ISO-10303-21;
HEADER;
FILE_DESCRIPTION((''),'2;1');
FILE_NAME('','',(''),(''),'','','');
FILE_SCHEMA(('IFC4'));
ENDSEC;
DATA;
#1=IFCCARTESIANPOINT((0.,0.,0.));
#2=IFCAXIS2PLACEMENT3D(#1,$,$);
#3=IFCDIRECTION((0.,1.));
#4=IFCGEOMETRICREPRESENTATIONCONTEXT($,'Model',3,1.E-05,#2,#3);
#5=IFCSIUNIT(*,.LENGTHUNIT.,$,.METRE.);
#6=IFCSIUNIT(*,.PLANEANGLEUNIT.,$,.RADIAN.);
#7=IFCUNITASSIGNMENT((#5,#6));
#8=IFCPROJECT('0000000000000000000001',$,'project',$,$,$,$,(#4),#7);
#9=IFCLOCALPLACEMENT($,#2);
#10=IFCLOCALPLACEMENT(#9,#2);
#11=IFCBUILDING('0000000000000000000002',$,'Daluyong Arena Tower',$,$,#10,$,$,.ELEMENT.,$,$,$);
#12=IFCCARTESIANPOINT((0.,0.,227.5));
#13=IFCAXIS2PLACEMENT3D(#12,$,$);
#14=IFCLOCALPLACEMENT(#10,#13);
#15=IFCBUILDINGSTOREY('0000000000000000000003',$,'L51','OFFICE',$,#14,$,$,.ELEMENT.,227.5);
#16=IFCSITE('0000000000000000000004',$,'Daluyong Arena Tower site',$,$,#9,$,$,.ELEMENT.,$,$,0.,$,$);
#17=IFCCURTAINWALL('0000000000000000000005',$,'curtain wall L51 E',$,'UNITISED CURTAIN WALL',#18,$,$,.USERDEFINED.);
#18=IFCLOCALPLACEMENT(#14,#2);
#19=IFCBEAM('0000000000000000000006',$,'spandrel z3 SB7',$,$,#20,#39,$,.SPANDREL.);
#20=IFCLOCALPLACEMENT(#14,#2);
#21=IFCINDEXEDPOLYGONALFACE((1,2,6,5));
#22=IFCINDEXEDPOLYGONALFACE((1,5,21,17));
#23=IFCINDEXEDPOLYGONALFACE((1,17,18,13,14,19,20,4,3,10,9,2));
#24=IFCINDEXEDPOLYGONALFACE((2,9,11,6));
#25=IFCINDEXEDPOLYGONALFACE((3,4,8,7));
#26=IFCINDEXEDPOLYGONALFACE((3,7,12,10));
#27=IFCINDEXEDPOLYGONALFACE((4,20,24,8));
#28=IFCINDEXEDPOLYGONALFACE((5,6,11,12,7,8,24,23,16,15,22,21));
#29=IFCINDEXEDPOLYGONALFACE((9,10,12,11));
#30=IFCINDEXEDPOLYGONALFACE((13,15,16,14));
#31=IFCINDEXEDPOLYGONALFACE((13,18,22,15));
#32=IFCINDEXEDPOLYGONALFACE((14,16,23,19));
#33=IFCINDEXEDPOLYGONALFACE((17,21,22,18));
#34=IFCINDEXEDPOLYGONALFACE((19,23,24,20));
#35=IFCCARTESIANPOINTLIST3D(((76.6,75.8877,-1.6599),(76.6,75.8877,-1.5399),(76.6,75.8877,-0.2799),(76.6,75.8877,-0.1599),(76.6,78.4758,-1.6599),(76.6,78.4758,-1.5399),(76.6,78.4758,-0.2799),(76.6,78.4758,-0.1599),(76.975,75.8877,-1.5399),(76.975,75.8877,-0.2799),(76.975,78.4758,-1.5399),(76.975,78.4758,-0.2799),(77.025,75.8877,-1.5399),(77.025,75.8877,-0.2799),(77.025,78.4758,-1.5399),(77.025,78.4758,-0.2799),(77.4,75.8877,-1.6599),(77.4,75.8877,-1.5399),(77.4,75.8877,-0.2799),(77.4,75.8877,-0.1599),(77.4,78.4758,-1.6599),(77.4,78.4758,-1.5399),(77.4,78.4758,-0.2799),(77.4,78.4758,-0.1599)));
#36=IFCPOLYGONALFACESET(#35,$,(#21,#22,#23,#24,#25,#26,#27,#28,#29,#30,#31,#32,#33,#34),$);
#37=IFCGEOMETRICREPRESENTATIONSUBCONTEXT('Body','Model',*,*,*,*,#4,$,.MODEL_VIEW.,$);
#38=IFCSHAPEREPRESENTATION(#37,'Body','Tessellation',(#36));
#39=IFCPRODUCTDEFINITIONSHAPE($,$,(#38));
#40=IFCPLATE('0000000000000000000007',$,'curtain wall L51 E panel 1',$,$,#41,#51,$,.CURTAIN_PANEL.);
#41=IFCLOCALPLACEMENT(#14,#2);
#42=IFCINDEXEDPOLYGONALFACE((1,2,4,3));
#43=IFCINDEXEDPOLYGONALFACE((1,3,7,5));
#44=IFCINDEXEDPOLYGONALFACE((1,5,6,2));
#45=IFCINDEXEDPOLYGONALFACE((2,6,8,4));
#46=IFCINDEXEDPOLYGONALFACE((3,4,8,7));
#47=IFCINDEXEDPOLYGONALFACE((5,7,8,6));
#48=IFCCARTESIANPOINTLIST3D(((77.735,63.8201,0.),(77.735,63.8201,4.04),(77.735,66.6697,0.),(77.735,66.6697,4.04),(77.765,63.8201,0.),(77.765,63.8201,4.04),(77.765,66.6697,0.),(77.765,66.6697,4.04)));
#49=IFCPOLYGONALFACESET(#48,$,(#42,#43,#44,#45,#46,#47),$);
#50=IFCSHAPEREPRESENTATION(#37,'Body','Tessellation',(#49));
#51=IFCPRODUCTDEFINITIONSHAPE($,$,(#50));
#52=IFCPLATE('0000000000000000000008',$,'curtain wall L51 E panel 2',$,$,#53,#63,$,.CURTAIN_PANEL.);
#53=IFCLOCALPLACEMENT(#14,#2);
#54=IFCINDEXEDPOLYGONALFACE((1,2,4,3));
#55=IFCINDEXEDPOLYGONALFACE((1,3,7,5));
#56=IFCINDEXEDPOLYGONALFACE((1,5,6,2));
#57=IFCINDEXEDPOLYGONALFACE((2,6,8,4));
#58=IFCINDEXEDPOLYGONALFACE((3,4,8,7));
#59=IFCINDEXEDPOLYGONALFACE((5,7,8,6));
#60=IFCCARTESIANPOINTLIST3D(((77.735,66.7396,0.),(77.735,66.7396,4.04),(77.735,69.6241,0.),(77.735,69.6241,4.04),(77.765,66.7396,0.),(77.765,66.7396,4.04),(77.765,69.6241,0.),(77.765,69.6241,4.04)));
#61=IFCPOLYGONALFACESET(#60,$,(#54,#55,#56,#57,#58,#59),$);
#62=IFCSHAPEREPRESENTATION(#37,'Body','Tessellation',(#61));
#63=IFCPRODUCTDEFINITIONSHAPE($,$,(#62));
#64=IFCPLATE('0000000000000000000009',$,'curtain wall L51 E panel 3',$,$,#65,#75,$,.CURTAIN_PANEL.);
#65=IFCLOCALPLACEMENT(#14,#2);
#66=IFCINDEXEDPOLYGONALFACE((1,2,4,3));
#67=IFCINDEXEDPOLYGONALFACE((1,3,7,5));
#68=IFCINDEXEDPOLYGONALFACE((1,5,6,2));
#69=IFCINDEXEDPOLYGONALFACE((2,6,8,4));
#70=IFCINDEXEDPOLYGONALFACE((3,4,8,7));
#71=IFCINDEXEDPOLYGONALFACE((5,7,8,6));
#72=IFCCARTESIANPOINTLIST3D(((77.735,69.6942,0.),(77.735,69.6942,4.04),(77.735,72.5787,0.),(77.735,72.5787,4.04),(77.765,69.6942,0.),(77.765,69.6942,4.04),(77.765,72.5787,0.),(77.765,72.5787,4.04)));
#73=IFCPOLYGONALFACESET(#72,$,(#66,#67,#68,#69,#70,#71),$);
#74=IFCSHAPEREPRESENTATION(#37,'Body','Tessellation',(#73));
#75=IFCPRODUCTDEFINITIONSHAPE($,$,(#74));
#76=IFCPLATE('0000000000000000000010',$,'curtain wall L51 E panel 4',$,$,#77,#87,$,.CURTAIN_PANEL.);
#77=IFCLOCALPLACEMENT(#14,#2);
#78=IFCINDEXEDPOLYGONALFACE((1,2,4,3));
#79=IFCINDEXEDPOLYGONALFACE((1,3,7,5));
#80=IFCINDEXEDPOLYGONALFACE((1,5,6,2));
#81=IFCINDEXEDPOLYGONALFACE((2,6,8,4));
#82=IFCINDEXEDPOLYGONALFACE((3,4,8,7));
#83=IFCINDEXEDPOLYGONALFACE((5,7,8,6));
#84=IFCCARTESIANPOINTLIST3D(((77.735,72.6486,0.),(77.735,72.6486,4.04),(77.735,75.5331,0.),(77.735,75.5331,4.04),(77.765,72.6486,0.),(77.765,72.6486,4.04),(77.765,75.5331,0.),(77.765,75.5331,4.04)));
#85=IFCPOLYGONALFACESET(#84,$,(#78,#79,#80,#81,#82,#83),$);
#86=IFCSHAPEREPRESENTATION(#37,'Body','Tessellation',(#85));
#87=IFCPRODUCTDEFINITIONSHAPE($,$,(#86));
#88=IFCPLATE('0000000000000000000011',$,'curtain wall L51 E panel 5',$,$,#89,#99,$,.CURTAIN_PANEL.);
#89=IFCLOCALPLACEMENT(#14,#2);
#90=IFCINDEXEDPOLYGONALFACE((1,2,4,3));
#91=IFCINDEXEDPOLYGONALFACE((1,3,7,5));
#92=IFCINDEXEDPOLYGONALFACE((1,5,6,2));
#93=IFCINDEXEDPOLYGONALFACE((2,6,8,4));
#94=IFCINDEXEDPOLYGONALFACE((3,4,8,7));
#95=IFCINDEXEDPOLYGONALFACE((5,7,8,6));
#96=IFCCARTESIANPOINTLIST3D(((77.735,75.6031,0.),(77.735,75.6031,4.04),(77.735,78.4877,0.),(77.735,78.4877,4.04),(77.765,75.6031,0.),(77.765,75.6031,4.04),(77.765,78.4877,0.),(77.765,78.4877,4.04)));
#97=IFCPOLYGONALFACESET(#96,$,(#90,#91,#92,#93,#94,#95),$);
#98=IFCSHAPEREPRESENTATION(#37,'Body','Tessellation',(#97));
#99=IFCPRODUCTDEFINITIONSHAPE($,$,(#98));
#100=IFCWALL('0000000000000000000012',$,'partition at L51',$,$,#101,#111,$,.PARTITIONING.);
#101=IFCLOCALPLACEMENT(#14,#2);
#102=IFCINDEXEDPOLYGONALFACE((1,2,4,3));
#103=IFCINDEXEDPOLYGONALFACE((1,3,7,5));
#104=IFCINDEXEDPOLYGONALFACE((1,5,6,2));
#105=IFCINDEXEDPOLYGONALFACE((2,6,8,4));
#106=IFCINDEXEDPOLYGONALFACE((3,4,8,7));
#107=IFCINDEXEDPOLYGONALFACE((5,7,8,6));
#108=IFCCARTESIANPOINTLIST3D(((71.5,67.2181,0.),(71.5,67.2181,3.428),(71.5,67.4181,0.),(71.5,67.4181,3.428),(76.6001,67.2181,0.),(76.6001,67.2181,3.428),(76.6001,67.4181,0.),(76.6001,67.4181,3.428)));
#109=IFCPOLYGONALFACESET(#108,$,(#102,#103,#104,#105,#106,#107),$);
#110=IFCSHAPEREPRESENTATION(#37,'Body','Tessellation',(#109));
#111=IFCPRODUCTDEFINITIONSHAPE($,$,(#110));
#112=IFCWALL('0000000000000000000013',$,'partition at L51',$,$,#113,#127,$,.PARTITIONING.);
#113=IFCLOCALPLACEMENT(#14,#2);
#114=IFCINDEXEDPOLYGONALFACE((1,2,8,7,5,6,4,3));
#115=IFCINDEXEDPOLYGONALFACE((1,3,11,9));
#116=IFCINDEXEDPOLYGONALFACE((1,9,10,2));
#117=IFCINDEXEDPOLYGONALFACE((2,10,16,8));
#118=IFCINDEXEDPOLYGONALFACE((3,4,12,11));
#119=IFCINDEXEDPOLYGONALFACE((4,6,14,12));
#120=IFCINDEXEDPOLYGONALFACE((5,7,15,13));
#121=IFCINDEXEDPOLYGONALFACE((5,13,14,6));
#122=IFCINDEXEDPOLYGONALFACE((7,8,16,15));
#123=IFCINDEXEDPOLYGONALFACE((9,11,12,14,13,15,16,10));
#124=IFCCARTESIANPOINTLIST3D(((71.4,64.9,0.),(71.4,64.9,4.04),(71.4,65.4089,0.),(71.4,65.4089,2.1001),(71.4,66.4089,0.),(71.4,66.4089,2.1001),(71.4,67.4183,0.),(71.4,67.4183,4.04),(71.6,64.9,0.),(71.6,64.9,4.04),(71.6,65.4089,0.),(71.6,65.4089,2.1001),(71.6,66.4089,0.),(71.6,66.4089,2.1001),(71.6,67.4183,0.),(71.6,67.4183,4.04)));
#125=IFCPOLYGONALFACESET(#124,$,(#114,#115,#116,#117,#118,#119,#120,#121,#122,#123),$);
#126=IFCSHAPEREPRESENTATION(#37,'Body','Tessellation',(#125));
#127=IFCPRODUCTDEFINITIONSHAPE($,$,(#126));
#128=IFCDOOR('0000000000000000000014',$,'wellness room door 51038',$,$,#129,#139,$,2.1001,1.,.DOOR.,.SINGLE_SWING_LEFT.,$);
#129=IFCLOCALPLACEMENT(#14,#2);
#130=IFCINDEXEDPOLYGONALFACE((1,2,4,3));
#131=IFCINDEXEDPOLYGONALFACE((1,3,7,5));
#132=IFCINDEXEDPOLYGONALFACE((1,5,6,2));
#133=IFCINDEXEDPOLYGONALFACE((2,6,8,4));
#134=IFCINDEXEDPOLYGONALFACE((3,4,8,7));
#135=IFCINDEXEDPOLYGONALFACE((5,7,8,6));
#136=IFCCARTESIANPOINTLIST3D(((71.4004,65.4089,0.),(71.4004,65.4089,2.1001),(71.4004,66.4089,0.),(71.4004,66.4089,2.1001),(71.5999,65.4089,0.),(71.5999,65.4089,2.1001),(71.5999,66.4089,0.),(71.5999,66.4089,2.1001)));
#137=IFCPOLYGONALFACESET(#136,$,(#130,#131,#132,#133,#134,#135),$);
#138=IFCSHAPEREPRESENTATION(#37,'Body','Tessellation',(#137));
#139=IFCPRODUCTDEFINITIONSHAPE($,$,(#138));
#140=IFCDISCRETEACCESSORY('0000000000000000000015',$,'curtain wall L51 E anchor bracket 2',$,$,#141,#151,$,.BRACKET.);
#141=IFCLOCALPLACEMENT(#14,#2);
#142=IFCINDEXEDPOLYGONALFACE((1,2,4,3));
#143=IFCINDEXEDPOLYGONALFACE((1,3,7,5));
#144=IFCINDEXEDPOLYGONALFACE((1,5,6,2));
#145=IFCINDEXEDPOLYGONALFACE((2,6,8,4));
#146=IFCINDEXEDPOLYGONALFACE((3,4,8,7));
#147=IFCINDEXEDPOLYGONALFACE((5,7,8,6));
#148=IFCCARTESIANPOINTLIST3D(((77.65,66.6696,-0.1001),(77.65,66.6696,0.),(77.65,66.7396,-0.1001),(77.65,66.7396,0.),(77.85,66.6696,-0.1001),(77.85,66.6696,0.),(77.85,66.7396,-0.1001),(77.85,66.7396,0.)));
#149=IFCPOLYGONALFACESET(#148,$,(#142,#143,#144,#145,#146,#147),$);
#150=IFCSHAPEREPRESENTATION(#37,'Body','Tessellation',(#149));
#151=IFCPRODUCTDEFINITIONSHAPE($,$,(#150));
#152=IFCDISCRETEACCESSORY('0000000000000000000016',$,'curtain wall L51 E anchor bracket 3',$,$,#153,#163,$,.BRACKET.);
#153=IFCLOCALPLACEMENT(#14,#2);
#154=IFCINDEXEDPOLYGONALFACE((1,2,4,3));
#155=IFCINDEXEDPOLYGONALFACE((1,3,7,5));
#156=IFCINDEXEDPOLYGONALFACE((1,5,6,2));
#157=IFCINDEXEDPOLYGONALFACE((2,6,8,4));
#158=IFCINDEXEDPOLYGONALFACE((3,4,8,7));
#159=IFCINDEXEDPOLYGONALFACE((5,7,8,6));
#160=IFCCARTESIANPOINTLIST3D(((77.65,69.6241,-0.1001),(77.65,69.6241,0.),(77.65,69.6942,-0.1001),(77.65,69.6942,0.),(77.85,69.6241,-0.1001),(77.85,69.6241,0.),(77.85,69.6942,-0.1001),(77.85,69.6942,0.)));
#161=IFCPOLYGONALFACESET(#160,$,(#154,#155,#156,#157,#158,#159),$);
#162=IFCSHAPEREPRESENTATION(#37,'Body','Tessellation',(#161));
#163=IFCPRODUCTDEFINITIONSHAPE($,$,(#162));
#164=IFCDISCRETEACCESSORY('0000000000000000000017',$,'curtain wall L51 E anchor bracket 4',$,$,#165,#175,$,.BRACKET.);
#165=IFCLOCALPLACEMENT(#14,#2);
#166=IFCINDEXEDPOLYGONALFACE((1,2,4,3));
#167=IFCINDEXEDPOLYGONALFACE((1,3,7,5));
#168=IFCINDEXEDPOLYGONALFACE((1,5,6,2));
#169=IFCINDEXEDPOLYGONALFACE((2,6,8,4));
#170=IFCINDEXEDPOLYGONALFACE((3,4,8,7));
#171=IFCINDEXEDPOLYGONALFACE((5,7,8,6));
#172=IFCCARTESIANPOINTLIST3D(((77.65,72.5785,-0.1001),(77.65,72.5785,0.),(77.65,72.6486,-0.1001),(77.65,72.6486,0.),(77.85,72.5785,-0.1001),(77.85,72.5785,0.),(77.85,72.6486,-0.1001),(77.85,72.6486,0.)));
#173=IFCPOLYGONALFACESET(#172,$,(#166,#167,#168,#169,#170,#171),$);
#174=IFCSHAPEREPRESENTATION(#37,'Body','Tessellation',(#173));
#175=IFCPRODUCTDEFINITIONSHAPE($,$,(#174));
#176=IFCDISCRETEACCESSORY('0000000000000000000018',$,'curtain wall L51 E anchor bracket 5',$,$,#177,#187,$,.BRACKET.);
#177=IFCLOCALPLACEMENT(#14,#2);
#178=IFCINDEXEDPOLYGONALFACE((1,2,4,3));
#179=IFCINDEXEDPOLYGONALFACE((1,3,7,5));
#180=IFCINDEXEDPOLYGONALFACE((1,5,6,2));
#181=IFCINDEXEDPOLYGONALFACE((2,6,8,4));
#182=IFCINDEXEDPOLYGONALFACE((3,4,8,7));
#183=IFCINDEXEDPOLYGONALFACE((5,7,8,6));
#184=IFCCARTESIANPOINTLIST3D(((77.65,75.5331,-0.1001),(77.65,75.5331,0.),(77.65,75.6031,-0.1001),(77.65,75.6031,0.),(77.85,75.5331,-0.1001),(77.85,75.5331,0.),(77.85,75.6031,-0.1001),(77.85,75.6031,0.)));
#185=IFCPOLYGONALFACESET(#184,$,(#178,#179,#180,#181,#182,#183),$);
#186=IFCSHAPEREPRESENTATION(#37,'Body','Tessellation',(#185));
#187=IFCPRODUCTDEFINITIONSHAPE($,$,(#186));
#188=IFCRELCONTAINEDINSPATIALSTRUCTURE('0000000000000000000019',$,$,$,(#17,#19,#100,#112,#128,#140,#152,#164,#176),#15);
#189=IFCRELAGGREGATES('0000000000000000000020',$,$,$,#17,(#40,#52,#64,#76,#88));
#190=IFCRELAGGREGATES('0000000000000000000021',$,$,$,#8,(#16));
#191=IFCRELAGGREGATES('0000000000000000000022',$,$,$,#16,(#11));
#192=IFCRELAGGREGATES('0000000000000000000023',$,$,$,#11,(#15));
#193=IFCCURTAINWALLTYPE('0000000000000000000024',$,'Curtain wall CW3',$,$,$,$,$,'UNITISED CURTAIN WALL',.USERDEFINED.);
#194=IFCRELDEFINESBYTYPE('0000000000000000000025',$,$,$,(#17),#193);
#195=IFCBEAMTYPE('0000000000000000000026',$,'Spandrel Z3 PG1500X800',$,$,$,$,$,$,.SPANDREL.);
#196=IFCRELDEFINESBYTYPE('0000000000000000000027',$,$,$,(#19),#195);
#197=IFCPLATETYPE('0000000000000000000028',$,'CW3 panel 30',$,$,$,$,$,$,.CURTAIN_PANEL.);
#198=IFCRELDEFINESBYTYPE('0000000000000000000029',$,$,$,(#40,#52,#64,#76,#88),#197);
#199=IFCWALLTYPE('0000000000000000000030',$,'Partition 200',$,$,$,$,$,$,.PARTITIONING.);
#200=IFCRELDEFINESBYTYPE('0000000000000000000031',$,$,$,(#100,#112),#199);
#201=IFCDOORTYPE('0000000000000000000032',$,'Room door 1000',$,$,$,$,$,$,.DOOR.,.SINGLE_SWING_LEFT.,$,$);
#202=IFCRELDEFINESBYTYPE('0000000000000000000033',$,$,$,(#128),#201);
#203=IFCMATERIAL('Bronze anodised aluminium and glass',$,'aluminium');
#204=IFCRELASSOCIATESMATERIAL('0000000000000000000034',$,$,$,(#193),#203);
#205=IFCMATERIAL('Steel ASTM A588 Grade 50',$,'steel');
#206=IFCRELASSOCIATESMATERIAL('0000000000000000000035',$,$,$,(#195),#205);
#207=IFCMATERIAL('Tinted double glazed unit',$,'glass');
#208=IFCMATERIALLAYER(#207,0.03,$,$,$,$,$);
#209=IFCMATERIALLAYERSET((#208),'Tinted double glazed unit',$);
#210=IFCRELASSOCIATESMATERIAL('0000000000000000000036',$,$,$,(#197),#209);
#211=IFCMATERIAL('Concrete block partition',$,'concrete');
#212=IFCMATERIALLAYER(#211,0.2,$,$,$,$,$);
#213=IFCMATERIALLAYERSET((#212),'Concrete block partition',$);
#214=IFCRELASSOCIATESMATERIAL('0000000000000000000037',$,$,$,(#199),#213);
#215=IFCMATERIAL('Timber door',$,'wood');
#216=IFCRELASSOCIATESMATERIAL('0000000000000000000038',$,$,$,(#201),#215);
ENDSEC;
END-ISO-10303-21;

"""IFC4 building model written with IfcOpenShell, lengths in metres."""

from ifc_helpers import new_model, si_unit, direction, frame, frame_2d, origin, origin_2d, place, context, subcontext, project, spatial, rectangle, i_section, extrude, material, layer, layer_set, material_profile, profile_set, type_object, element, fill, aggregate, save


model = new_model("IFC4")

# Units and contexts
model_context = context("Model", 3, precision=1e-05, world=origin(), true_north=direction((0.0, 1.0)))
body_context = subcontext(model_context, "Body", "Model", "MODEL_VIEW")
ifc_project = project(units=[si_unit("LENGTHUNIT", "METRE"), si_unit("PLANEANGLEUNIT", "RADIAN")], contexts=[model_context])

# Site, building, storey
site_placement = place(None, origin())
site = spatial("IfcSite", under=ifc_project, at=site_placement, Name="Daluyong Arena Tower site", CompositionType="ELEMENT", RefElevation=0.0)
building_placement = place(site_placement, origin())
building = spatial("IfcBuilding", under=site, at=building_placement, Name="Daluyong Arena Tower", CompositionType="ELEMENT")
storey_placement = place(building_placement, frame((0.0, 0.0, 227.5)))
storey = spatial("IfcBuildingStorey", under=building, at=storey_placement, Name="L51", Description="OFFICE", CompositionType="ELEMENT", Elevation=227.5)

# Curtain wall
ifc_material_1 = material(Name="Bronze anodised aluminium and glass", Category="aluminium")
curtain_wall_type = type_object("IfcCurtainWallType", Name="Curtain wall CW3", ElementType="UNITISED CURTAIN WALL", PredefinedType="USERDEFINED", material=ifc_material_1)
curtain_wall_placement = place(storey_placement, origin())
curtain_wall = element("IfcCurtainWall", 1, at=curtain_wall_placement, inside=storey, type_object=curtain_wall_type, Name="curtain wall L51 E", ObjectType="UNITISED CURTAIN WALL", PredefinedType="USERDEFINED")

# Beam
ifc_material_2 = material(Name="Steel ASTM A588 Grade 50", Category="steel")
ifc_material_profile_1 = material_profile(ifc_material_2, i_section(OverallWidth=0.8, OverallDepth=1.5, WebThickness=0.05, FlangeThickness=0.12, at=origin_2d()))
ifc_profile_set_1 = profile_set([ifc_material_profile_1], Name="Steel ASTM A588 Grade 50")
beam_type_1 = type_object("IfcBeamType", Name="Spandrel Z3 PG1500X800", PredefinedType="SPANDREL", material=ifc_profile_set_1)
for number, where, z_axis, x_axis, name in (
    (2, (77.0, 75.8877, -0.9099), (0.0, 1.0, 0.0), (-1.0, 0.0, 0.0), "spandrel z3 SB7"),
):
    element("IfcBeam", number, at=place(storey_placement, frame(where, z_axis=z_axis, x_axis=x_axis)), inside=storey, type_object=beam_type_1, Name=name, PredefinedType="SPANDREL", context=body_context, shape_type="SweptSolid", body=[
        extrude(i_section(OverallWidth=0.8, OverallDepth=1.5, WebThickness=0.05, FlangeThickness=0.12, at=origin_2d()), origin(), (0.0, 0.0, 1.0), 2.5881),
    ])

# Plates
ifc_material_3 = material(Name="Tinted double glazed unit", Category="glass")
ifc_layer_1 = layer(ifc_material_3, 0.03)
ifc_layer_set_1 = layer_set([ifc_layer_1], Name="Tinted double glazed unit")
plate_type = type_object("IfcPlateType", Name="CW3 panel 30", PredefinedType="CURTAIN_PANEL", material=ifc_layer_set_1)
plate_1_placement = place(storey_placement, frame((77.75, 65.2449, 0.0), z_axis=(0.0, 0.0, 1.0), x_axis=(0.0, 1.0, 0.0)))
plate_1 = element("IfcPlate", 3, at=plate_1_placement, type_object=plate_type, Name="curtain wall L51 E panel 1", PredefinedType="CURTAIN_PANEL", context=body_context, shape_type="SweptSolid", body=[
    extrude(rectangle(XDim=2.8496, YDim=0.03, at=origin_2d()), origin(), (0.0, 0.0, 1.0), 4.04),
])
plate_2_placement = place(storey_placement, frame((77.75, 68.1819, 0.0), z_axis=(0.0, 0.0, 1.0), x_axis=(0.0, 1.0, 0.0)))
plate_2 = element("IfcPlate", 4, at=plate_2_placement, type_object=plate_type, Name="curtain wall L51 E panel 2", PredefinedType="CURTAIN_PANEL", context=body_context, shape_type="SweptSolid", body=[
    extrude(rectangle(XDim=2.8845, YDim=0.03, at=origin_2d()), origin(), (0.0, 0.0, 1.0), 4.04),
])
plate_3_placement = place(storey_placement, frame((77.75, 71.1365, 0.0), z_axis=(0.0, 0.0, 1.0), x_axis=(0.0, 1.0, 0.0)))
plate_3 = element("IfcPlate", 5, at=plate_3_placement, type_object=plate_type, Name="curtain wall L51 E panel 3", PredefinedType="CURTAIN_PANEL", context=body_context, shape_type="SweptSolid", body=[
    extrude(rectangle(XDim=2.8845, YDim=0.03, at=origin_2d()), origin(), (0.0, 0.0, 1.0), 4.04),
])
plate_4_placement = place(storey_placement, frame((77.75, 74.0908, 0.0), z_axis=(0.0, 0.0, 1.0), x_axis=(0.0, 1.0, 0.0)))
plate_4 = element("IfcPlate", 6, at=plate_4_placement, type_object=plate_type, Name="curtain wall L51 E panel 4", PredefinedType="CURTAIN_PANEL", context=body_context, shape_type="SweptSolid", body=[
    extrude(rectangle(XDim=2.8845, YDim=0.03, at=origin_2d()), origin(), (0.0, 0.0, 1.0), 4.04),
])
plate_5_placement = place(storey_placement, frame((77.75, 77.0454, 0.0), z_axis=(0.0, 0.0, 1.0), x_axis=(0.0, 1.0, 0.0)))
plate_5 = element("IfcPlate", 7, at=plate_5_placement, type_object=plate_type, Name="curtain wall L51 E panel 5", PredefinedType="CURTAIN_PANEL", context=body_context, shape_type="SweptSolid", body=[
    extrude(rectangle(XDim=2.8845, YDim=0.03, at=origin_2d()), origin(), (0.0, 0.0, 1.0), 4.04),
])
aggregate(curtain_wall, [plate_1, plate_2, plate_3, plate_4, plate_5])

# Wall
ifc_material_4 = material(Name="Concrete block partition", Category="concrete")
ifc_layer_2 = layer(ifc_material_4, 0.2)
ifc_layer_set_2 = layer_set([ifc_layer_2], Name="Concrete block partition")
wall_type = type_object("IfcWallType", Name="Partition 200", PredefinedType="PARTITIONING", material=ifc_layer_set_2)
wall_1_placement = place(storey_placement, frame((71.5, 67.3181, 0.0), z_axis=(0.0, 0.0, 1.0), x_axis=(1.0, 0.0, 0.0)))
element("IfcWall", 8, at=wall_1_placement, inside=storey, type_object=wall_type, Name="partition at L51", PredefinedType="PARTITIONING", context=body_context, shape_type="SweptSolid", body=[
    extrude(rectangle(XDim=5.1001, YDim=0.2, at=frame_2d((2.55, 0.0))), origin(), (0.0, 0.0, 1.0), 3.428),
])

# Wall, opening, door
wall_2_placement = place(storey_placement, frame((71.5, 64.8999, 0.0), z_axis=(0.0, 0.0, 1.0), x_axis=(0.0, 1.0, 0.0)))
wall_2 = element("IfcWall", 9, at=wall_2_placement, inside=storey, type_object=wall_type, Name="partition at L51", PredefinedType="PARTITIONING", context=body_context, shape_type="SweptSolid", body=[
    extrude(rectangle(XDim=2.5183, YDim=0.2, at=frame_2d((1.2593, 0.0))), origin(), (0.0, 0.0, 1.0), 4.04),
])
opening_placement = place(wall_2_placement, frame((0.509, 0.0, 0.0)))
opening = element("IfcOpeningElement", 10, at=opening_placement, cuts=wall_2, PredefinedType="OPENING", context=body_context, shape_type="SweptSolid", body=[
    extrude(rectangle(XDim=1.0, YDim=2.1001, at=frame_2d((0.5, 1.05))), frame((0.0, 0.1099, 0.0), z_axis=(0.0, -1.0, 0.0), x_axis=(1.0, 0.0, 0.0)), (0.0, 0.0, 1.0), 0.22),
])
ifc_material_5 = material(Name="Timber door", Category="wood")
door_type = type_object("IfcDoorType", Name="Room door 1000", OperationType="SINGLE_SWING_LEFT", PredefinedType="DOOR", material=ifc_material_5)
door_placement = place(opening_placement, origin())
door = element("IfcDoor", 11, at=door_placement, inside=storey, type_object=door_type, Name="wellness room door 51038", OperationType="SINGLE_SWING_LEFT", OverallHeight=2.1001, OverallWidth=1.0, PredefinedType="DOOR", context=body_context, shape_type="SweptSolid", body=[
    extrude(rectangle(XDim=1.0, YDim=2.1001, at=frame_2d((0.5, 1.05))), frame((0.0, 0.0996, 0.0), z_axis=(0.0, -1.0, 0.0), x_axis=(1.0, 0.0, 0.0)), (0.0, 0.0, 1.0), 0.1995),
])
fill(opening, door)

# Discrete accessories
for number, where, z_axis, x_axis, name in (
    (12, (77.75, 66.7046, -0.1001), (0.0, 0.0, 1.0), (0.0, 1.0, 0.0), "curtain wall L51 E anchor bracket 2"),
    (13, (77.75, 69.6592, -0.1001), (0.0, 0.0, 1.0), (0.0, 1.0, 0.0), "curtain wall L51 E anchor bracket 3"),
    (14, (77.75, 72.6135, -0.1001), (0.0, 0.0, 1.0), (0.0, 1.0, 0.0), "curtain wall L51 E anchor bracket 4"),
    (15, (77.75, 75.5681, -0.1001), (0.0, 0.0, 1.0), (0.0, 1.0, 0.0), "curtain wall L51 E anchor bracket 5"),
):
    element("IfcDiscreteAccessory", number, at=place(storey_placement, frame(where, z_axis=z_axis, x_axis=x_axis)), inside=storey, Name=name, PredefinedType="BRACKET", context=body_context, shape_type="SweptSolid", body=[
        extrude(rectangle(XDim=0.0701, YDim=0.2, at=origin_2d()), origin(), (0.0, 0.0, 1.0), 0.1001),
    ])

save(model, "model.ifc")
